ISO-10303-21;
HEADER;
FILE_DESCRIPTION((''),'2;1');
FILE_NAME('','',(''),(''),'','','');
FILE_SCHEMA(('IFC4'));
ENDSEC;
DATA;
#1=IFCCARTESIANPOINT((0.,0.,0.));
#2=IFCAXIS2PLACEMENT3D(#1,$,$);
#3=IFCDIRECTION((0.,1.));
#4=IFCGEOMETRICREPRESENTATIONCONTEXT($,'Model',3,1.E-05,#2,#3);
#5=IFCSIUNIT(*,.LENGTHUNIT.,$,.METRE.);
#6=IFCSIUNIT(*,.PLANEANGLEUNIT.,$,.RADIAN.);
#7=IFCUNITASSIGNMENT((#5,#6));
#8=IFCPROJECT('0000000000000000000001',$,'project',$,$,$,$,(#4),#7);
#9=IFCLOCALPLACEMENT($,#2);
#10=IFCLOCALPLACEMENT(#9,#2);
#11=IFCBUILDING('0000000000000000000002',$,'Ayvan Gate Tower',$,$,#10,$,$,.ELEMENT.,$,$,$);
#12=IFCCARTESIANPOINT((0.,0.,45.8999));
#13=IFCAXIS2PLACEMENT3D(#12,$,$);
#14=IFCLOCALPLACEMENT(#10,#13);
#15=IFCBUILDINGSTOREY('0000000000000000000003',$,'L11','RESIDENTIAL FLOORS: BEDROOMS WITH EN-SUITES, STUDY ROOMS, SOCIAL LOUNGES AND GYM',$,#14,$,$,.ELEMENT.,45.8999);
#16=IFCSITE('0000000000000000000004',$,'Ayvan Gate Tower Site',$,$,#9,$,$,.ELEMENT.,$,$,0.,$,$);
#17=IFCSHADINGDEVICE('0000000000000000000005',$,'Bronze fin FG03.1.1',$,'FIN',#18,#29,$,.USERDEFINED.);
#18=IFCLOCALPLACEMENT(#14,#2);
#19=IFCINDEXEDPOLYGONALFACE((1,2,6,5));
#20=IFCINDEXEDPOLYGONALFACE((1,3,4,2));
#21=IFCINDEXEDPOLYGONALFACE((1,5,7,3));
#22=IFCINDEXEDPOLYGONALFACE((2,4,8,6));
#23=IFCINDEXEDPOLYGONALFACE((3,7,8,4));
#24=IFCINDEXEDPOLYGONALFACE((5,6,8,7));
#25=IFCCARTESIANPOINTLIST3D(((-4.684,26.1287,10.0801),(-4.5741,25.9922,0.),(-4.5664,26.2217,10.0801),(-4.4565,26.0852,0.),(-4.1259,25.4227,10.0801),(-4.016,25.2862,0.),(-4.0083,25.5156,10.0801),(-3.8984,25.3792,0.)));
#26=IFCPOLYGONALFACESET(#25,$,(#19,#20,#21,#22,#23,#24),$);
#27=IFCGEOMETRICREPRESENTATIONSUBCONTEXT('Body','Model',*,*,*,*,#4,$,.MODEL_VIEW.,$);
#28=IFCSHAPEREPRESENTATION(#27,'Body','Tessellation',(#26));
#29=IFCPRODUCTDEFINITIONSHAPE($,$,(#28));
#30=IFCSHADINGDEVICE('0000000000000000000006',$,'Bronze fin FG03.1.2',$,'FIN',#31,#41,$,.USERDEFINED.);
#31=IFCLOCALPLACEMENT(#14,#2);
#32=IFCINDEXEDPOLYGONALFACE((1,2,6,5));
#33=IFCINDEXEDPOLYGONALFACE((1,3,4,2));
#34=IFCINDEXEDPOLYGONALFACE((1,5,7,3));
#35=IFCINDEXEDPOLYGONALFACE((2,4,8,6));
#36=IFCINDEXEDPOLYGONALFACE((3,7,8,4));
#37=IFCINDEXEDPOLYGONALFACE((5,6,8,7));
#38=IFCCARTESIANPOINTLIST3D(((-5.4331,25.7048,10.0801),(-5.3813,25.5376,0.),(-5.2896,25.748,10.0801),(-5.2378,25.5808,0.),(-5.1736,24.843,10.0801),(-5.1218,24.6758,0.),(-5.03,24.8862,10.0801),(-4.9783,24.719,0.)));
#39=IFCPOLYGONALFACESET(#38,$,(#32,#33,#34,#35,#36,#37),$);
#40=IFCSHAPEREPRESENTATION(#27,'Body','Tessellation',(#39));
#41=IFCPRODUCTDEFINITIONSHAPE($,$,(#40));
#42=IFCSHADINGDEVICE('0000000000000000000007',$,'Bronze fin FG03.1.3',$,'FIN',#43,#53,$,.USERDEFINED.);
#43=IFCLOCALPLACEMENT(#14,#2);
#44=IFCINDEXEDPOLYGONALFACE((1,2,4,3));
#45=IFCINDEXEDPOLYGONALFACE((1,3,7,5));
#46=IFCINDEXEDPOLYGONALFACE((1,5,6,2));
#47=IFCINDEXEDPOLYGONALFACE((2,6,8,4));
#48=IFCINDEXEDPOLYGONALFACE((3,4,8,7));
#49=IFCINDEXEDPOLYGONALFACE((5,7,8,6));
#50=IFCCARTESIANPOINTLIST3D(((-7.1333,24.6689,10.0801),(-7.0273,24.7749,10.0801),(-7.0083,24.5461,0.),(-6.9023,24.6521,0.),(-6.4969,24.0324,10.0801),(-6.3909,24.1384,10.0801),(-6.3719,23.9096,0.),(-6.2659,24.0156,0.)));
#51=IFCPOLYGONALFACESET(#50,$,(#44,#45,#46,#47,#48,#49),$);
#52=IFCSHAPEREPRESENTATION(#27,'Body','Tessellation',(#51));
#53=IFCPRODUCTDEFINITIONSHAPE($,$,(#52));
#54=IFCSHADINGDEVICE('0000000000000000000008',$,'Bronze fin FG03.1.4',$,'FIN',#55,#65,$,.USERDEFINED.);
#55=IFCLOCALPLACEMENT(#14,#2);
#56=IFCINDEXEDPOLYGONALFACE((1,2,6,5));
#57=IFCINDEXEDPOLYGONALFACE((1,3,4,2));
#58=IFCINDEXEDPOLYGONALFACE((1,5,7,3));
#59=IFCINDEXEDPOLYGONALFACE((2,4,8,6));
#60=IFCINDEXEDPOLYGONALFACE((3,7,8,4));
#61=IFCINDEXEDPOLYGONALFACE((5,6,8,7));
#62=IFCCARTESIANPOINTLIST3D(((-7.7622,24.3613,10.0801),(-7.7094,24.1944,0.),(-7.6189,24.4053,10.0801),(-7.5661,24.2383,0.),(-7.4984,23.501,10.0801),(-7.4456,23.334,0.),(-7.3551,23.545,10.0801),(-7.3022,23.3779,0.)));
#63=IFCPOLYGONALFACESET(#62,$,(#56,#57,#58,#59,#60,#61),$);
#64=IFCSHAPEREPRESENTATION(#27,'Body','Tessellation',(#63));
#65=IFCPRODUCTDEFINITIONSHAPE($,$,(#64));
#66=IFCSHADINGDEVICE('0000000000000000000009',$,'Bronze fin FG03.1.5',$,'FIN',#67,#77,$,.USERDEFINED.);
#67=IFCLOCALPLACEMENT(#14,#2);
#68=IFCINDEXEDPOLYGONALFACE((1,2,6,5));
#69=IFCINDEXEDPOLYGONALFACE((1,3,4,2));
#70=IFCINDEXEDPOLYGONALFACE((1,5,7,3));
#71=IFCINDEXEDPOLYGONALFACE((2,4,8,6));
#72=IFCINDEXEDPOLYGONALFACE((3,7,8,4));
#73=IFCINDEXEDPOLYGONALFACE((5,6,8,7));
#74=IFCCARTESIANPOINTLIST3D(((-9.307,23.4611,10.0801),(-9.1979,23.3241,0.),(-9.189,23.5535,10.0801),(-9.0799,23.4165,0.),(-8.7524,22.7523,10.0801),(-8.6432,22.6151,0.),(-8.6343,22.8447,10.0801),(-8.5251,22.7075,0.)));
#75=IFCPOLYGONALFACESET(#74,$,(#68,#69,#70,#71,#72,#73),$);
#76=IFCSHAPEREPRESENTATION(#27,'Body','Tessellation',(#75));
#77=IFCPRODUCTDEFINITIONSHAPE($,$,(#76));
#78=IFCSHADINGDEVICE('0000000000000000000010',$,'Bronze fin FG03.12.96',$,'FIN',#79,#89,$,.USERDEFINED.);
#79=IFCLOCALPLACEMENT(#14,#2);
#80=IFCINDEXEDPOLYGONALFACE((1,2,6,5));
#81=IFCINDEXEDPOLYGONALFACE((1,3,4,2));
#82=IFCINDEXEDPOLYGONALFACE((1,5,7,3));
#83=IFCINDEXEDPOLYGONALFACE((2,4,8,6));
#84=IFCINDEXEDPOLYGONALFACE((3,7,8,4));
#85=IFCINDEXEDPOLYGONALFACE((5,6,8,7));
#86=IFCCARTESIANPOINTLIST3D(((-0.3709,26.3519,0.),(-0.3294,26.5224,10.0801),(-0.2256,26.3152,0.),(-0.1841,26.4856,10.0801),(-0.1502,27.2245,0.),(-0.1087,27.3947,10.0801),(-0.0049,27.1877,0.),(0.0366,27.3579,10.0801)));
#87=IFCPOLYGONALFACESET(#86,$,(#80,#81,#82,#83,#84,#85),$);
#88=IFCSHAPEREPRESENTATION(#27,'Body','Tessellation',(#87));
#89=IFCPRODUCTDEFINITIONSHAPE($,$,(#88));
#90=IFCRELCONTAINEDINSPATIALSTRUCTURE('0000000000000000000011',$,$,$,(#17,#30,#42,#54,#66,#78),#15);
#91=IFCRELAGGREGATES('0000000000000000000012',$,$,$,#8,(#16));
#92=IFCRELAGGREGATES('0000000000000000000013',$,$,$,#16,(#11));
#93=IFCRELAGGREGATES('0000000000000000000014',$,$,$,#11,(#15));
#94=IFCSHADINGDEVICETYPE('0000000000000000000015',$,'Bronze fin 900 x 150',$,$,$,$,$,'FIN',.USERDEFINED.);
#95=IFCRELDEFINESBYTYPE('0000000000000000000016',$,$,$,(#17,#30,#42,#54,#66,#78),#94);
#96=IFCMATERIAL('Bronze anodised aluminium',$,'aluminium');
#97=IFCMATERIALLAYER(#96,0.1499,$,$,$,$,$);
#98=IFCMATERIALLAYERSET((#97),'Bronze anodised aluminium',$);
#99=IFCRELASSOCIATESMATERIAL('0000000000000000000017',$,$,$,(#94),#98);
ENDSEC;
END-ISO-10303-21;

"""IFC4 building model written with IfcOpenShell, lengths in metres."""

from ifc_helpers import new_model, si_unit, direction, frame, origin, place, context, subcontext, project, spatial, polyline, outline, extrude, material, layer, layer_set, type_object, element, save


model = new_model("IFC4")

# Units and contexts
model_context = context("Model", 3, precision=1e-05, world=origin(), true_north=direction((0.0, 1.0)))
body_context = subcontext(model_context, "Body", "Model", "MODEL_VIEW")
ifc_project = project(units=[si_unit("LENGTHUNIT", "METRE"), si_unit("PLANEANGLEUNIT", "RADIAN")], contexts=[model_context])

# Site, building, storey
site_placement = place(None, origin())
site = spatial("IfcSite", under=ifc_project, at=site_placement, Name="Ayvan Gate Tower Site", CompositionType="ELEMENT", RefElevation=0.0)
building_placement = place(site_placement, origin())
building = spatial("IfcBuilding", under=site, at=building_placement, Name="Ayvan Gate Tower", CompositionType="ELEMENT")
storey_placement = place(building_placement, frame((0.0, 0.0, 45.8999)))
storey = spatial("IfcBuildingStorey", under=building, at=storey_placement, Name="L11", Description="RESIDENTIAL FLOORS: BEDROOMS WITH EN-SUITES, STUDY ROOMS, SOCIAL LOUNGES AND GYM", CompositionType="ELEMENT", Elevation=45.8999)

# Shared definitions
ifc_material_1 = material(Name="Bronze anodised aluminium", Category="aluminium")

# Shading devices
ifc_layer_1 = layer(ifc_material_1, 0.1499)
ifc_layer_set_1 = layer_set([ifc_layer_1], Name="Bronze anodised aluminium")
shading_device_type = type_object("IfcShadingDeviceType", Name="Bronze fin 900 x 150", ElementType="FIN", PredefinedType="USERDEFINED", material=ifc_layer_set_1)
shading_device_1_placement = place(storey_placement, frame((-3.8984, 25.3792, 0.0), z_axis=(0.784508, 0.620119, 0.000155), x_axis=(-0.620119, 0.784508, 0.0)))
element("IfcShadingDevice", 1, at=shading_device_1_placement, inside=storey, type_object=shading_device_type, Name="Bronze fin FG03.1.1", ObjectType="FIN", PredefinedType="USERDEFINED", context=body_context, shape_type="SweptSolid", body=[
    extrude(outline(polyline([(0.0, 0.0), (0.9, 0.0), (1.0752, 10.0801), (0.1752, 10.0801), (0.0, 0.0)])), origin(), (0.0, 0.0, -1.0), 0.1499),
])
shading_device_2_placement = place(storey_placement, frame((-4.9783, 24.719, 0.0), z_axis=(0.957527, 0.288343, 0.000133), x_axis=(-0.288343, 0.957527, 0.0)))
element("IfcShadingDevice", 2, at=shading_device_2_placement, inside=storey, type_object=shading_device_type, Name="Bronze fin FG03.1.2", ObjectType="FIN", PredefinedType="USERDEFINED", context=body_context, shape_type="SweptSolid", body=[
    extrude(outline(polyline([(0.0, 0.0), (0.9, 0.0), (1.0751, 10.0801), (0.1751, 10.0801), (0.0, 0.0)])), origin(), (0.0, 0.0, -1.0), 0.1499),
])
shading_device_3_placement = place(storey_placement, frame((-6.2659, 24.0156, 0.0), z_axis=(0.707107, 0.707107, 0.000154), x_axis=(-0.707107, 0.707107, 0.0)))
element("IfcShadingDevice", 3, at=shading_device_3_placement, inside=storey, type_object=shading_device_type, Name="Bronze fin FG03.1.3", ObjectType="FIN", PredefinedType="USERDEFINED", context=body_context, shape_type="SweptSolid", body=[
    extrude(outline(polyline([(0.0, 0.0), (0.9001, 0.0), (1.0753, 10.0801), (0.1752, 10.0801), (0.0, 0.0)])), origin(), (0.0, 0.0, -1.0), 0.1499),
])
shading_device_4_placement = place(storey_placement, frame((-7.3022, 23.3779, 0.0), z_axis=(0.956069, 0.293142, 0.000157), x_axis=(-0.293142, 0.956069, 0.0)))
element("IfcShadingDevice", 4, at=shading_device_4_placement, inside=storey, type_object=shading_device_type, Name="Bronze fin FG03.1.4", ObjectType="FIN", PredefinedType="USERDEFINED", context=body_context, shape_type="SweptSolid", body=[
    extrude(outline(polyline([(0.0, 0.0), (0.8999, 0.0), (1.075, 10.0801), (0.1752, 10.0801), (0.0, 0.0)])), origin(), (0.0, 0.0, -1.0), 0.1499),
])
shading_device_5_placement = place(storey_placement, frame((-8.5251, 22.7075, 0.0), z_axis=(0.787545, 0.616257, 0.000145), x_axis=(-0.616257, 0.787545, 0.0)))
element("IfcShadingDevice", 5, at=shading_device_5_placement, inside=storey, type_object=shading_device_type, Name="Bronze fin FG03.1.5", ObjectType="FIN", PredefinedType="USERDEFINED", context=body_context, shape_type="SweptSolid", body=[
    extrude(outline(polyline([(0.0, 0.0), (0.9002, 0.0), (1.0753, 10.0801), (0.1753, 10.0801), (0.0, 0.0)])), origin(), (0.0, 0.0, -1.0), 0.1499),
])
shading_device_6_placement = place(storey_placement, frame((-0.2256, 26.3152, 0.0), z_axis=(0.96946, -0.245248, 0.000151), x_axis=(0.245248, 0.96946, 0.0)))
element("IfcShadingDevice", 6, at=shading_device_6_placement, inside=storey, type_object=shading_device_type, Name="Bronze fin FG03.12.96", ObjectType="FIN", PredefinedType="USERDEFINED", context=body_context, shape_type="SweptSolid", body=[
    extrude(outline(polyline([(0.0, 0.0), (0.9, 0.0), (1.0752, 10.0801), (0.1754, 10.0801), (0.0, 0.0)])), origin(), (0.0, 0.0, -1.0), 0.1499),
])

save(model, "model.ifc")
